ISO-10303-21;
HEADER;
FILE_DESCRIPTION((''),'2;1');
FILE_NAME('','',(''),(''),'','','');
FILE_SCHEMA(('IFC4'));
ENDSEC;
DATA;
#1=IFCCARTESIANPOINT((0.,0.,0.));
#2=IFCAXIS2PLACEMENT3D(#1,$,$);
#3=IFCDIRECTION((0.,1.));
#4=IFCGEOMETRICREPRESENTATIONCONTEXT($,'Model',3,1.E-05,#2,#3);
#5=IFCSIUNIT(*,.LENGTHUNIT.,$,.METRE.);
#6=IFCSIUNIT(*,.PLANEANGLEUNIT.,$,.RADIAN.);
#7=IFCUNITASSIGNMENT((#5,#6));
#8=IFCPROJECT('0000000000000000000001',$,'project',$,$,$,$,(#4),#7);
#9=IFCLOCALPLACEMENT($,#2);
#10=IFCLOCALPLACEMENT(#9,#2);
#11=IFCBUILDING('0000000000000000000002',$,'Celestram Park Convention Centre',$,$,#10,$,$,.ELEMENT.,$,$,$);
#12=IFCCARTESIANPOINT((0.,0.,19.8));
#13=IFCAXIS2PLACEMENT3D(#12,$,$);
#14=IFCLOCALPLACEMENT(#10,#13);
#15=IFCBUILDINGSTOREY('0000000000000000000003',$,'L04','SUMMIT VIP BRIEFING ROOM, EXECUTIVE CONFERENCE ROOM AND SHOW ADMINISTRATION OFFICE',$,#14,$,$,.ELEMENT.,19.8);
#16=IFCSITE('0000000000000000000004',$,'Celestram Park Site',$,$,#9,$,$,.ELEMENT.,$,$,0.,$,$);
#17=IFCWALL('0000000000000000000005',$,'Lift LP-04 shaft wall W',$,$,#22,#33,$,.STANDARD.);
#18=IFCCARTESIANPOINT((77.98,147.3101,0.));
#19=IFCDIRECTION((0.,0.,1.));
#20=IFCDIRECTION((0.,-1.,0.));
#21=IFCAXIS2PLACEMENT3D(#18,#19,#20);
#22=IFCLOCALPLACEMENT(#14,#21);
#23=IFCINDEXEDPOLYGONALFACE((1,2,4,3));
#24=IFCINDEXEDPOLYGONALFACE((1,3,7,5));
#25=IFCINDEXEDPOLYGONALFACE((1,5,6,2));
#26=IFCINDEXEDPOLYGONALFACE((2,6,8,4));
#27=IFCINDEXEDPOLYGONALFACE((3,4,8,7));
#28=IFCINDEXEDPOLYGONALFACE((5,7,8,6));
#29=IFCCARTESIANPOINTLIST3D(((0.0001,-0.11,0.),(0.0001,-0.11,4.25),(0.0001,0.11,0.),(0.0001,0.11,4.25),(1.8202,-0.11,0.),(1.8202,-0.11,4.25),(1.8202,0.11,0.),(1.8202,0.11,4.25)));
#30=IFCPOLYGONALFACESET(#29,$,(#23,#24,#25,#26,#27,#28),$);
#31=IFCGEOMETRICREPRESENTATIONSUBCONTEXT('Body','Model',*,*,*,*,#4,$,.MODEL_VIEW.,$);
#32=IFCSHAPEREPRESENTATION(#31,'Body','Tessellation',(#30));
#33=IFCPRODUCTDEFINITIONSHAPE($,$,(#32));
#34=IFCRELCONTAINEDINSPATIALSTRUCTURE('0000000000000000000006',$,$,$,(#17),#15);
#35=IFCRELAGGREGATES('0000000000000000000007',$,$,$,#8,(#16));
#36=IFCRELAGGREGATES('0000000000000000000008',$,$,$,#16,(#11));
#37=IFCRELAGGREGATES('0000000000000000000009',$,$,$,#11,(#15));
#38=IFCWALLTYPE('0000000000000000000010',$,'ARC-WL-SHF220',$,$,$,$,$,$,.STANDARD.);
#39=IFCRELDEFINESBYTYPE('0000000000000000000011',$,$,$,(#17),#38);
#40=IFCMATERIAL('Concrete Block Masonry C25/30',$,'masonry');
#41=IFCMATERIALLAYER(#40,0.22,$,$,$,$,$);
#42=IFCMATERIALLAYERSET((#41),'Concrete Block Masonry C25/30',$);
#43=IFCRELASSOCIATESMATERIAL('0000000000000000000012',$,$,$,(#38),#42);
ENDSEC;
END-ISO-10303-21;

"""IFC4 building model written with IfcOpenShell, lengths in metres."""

from ifc_helpers import new_model, si_unit, direction, frame, frame_2d, origin, place, context, subcontext, project, spatial, rectangle, extrude, material, layer, layer_set, type_object, element, save


model = new_model("IFC4")

# Units and contexts
model_context = context("Model", 3, precision=1e-05, world=origin(), true_north=direction((0.0, 1.0)))
body_context = subcontext(model_context, "Body", "Model", "MODEL_VIEW")
ifc_project = project(units=[si_unit("LENGTHUNIT", "METRE"), si_unit("PLANEANGLEUNIT", "RADIAN")], contexts=[model_context])

# Site, building, storey
site_placement = place(None, origin())
site = spatial("IfcSite", under=ifc_project, at=site_placement, Name="Celestram Park Site", CompositionType="ELEMENT", RefElevation=0.0)
building_placement = place(site_placement, origin())
building = spatial("IfcBuilding", under=site, at=building_placement, Name="Celestram Park Convention Centre", CompositionType="ELEMENT")
storey_placement = place(building_placement, frame((0.0, 0.0, 19.8)))
storey = spatial("IfcBuildingStorey", under=building, at=storey_placement, Name="L04", Description="SUMMIT VIP BRIEFING ROOM, EXECUTIVE CONFERENCE ROOM AND SHOW ADMINISTRATION OFFICE", CompositionType="ELEMENT", Elevation=19.8)

# Shared definitions
ifc_material_1 = material(Name="Concrete Block Masonry C25/30", Category="masonry")

# Shared definitions
ifc_layer_1 = layer(ifc_material_1, 0.22)
ifc_layer_set_1 = layer_set([ifc_layer_1], Name="Concrete Block Masonry C25/30")
wall_type_1 = type_object("IfcWallType", Name="ARC-WL-SHF220", PredefinedType="STANDARD", material=ifc_layer_set_1)

# Wall
for number, where, z_axis, x_axis, name in (
    (1, (77.98, 147.3101, 0.0), (0.0, 0.0, 1.0), (0.0, -1.0, 0.0), "Lift LP-04 shaft wall W"),
):
    element("IfcWall", number, at=place(storey_placement, frame(where, z_axis=z_axis, x_axis=x_axis)), inside=storey, type_object=wall_type_1, Name=name, PredefinedType="STANDARD", context=body_context, shape_type="SweptSolid", body=[
        extrude(rectangle(XDim=1.8201, YDim=0.22, at=frame_2d((0.9102, 0.0))), origin(), (0.0, 0.0, 1.0), 4.25),
    ])

save(model, "model.ifc")
